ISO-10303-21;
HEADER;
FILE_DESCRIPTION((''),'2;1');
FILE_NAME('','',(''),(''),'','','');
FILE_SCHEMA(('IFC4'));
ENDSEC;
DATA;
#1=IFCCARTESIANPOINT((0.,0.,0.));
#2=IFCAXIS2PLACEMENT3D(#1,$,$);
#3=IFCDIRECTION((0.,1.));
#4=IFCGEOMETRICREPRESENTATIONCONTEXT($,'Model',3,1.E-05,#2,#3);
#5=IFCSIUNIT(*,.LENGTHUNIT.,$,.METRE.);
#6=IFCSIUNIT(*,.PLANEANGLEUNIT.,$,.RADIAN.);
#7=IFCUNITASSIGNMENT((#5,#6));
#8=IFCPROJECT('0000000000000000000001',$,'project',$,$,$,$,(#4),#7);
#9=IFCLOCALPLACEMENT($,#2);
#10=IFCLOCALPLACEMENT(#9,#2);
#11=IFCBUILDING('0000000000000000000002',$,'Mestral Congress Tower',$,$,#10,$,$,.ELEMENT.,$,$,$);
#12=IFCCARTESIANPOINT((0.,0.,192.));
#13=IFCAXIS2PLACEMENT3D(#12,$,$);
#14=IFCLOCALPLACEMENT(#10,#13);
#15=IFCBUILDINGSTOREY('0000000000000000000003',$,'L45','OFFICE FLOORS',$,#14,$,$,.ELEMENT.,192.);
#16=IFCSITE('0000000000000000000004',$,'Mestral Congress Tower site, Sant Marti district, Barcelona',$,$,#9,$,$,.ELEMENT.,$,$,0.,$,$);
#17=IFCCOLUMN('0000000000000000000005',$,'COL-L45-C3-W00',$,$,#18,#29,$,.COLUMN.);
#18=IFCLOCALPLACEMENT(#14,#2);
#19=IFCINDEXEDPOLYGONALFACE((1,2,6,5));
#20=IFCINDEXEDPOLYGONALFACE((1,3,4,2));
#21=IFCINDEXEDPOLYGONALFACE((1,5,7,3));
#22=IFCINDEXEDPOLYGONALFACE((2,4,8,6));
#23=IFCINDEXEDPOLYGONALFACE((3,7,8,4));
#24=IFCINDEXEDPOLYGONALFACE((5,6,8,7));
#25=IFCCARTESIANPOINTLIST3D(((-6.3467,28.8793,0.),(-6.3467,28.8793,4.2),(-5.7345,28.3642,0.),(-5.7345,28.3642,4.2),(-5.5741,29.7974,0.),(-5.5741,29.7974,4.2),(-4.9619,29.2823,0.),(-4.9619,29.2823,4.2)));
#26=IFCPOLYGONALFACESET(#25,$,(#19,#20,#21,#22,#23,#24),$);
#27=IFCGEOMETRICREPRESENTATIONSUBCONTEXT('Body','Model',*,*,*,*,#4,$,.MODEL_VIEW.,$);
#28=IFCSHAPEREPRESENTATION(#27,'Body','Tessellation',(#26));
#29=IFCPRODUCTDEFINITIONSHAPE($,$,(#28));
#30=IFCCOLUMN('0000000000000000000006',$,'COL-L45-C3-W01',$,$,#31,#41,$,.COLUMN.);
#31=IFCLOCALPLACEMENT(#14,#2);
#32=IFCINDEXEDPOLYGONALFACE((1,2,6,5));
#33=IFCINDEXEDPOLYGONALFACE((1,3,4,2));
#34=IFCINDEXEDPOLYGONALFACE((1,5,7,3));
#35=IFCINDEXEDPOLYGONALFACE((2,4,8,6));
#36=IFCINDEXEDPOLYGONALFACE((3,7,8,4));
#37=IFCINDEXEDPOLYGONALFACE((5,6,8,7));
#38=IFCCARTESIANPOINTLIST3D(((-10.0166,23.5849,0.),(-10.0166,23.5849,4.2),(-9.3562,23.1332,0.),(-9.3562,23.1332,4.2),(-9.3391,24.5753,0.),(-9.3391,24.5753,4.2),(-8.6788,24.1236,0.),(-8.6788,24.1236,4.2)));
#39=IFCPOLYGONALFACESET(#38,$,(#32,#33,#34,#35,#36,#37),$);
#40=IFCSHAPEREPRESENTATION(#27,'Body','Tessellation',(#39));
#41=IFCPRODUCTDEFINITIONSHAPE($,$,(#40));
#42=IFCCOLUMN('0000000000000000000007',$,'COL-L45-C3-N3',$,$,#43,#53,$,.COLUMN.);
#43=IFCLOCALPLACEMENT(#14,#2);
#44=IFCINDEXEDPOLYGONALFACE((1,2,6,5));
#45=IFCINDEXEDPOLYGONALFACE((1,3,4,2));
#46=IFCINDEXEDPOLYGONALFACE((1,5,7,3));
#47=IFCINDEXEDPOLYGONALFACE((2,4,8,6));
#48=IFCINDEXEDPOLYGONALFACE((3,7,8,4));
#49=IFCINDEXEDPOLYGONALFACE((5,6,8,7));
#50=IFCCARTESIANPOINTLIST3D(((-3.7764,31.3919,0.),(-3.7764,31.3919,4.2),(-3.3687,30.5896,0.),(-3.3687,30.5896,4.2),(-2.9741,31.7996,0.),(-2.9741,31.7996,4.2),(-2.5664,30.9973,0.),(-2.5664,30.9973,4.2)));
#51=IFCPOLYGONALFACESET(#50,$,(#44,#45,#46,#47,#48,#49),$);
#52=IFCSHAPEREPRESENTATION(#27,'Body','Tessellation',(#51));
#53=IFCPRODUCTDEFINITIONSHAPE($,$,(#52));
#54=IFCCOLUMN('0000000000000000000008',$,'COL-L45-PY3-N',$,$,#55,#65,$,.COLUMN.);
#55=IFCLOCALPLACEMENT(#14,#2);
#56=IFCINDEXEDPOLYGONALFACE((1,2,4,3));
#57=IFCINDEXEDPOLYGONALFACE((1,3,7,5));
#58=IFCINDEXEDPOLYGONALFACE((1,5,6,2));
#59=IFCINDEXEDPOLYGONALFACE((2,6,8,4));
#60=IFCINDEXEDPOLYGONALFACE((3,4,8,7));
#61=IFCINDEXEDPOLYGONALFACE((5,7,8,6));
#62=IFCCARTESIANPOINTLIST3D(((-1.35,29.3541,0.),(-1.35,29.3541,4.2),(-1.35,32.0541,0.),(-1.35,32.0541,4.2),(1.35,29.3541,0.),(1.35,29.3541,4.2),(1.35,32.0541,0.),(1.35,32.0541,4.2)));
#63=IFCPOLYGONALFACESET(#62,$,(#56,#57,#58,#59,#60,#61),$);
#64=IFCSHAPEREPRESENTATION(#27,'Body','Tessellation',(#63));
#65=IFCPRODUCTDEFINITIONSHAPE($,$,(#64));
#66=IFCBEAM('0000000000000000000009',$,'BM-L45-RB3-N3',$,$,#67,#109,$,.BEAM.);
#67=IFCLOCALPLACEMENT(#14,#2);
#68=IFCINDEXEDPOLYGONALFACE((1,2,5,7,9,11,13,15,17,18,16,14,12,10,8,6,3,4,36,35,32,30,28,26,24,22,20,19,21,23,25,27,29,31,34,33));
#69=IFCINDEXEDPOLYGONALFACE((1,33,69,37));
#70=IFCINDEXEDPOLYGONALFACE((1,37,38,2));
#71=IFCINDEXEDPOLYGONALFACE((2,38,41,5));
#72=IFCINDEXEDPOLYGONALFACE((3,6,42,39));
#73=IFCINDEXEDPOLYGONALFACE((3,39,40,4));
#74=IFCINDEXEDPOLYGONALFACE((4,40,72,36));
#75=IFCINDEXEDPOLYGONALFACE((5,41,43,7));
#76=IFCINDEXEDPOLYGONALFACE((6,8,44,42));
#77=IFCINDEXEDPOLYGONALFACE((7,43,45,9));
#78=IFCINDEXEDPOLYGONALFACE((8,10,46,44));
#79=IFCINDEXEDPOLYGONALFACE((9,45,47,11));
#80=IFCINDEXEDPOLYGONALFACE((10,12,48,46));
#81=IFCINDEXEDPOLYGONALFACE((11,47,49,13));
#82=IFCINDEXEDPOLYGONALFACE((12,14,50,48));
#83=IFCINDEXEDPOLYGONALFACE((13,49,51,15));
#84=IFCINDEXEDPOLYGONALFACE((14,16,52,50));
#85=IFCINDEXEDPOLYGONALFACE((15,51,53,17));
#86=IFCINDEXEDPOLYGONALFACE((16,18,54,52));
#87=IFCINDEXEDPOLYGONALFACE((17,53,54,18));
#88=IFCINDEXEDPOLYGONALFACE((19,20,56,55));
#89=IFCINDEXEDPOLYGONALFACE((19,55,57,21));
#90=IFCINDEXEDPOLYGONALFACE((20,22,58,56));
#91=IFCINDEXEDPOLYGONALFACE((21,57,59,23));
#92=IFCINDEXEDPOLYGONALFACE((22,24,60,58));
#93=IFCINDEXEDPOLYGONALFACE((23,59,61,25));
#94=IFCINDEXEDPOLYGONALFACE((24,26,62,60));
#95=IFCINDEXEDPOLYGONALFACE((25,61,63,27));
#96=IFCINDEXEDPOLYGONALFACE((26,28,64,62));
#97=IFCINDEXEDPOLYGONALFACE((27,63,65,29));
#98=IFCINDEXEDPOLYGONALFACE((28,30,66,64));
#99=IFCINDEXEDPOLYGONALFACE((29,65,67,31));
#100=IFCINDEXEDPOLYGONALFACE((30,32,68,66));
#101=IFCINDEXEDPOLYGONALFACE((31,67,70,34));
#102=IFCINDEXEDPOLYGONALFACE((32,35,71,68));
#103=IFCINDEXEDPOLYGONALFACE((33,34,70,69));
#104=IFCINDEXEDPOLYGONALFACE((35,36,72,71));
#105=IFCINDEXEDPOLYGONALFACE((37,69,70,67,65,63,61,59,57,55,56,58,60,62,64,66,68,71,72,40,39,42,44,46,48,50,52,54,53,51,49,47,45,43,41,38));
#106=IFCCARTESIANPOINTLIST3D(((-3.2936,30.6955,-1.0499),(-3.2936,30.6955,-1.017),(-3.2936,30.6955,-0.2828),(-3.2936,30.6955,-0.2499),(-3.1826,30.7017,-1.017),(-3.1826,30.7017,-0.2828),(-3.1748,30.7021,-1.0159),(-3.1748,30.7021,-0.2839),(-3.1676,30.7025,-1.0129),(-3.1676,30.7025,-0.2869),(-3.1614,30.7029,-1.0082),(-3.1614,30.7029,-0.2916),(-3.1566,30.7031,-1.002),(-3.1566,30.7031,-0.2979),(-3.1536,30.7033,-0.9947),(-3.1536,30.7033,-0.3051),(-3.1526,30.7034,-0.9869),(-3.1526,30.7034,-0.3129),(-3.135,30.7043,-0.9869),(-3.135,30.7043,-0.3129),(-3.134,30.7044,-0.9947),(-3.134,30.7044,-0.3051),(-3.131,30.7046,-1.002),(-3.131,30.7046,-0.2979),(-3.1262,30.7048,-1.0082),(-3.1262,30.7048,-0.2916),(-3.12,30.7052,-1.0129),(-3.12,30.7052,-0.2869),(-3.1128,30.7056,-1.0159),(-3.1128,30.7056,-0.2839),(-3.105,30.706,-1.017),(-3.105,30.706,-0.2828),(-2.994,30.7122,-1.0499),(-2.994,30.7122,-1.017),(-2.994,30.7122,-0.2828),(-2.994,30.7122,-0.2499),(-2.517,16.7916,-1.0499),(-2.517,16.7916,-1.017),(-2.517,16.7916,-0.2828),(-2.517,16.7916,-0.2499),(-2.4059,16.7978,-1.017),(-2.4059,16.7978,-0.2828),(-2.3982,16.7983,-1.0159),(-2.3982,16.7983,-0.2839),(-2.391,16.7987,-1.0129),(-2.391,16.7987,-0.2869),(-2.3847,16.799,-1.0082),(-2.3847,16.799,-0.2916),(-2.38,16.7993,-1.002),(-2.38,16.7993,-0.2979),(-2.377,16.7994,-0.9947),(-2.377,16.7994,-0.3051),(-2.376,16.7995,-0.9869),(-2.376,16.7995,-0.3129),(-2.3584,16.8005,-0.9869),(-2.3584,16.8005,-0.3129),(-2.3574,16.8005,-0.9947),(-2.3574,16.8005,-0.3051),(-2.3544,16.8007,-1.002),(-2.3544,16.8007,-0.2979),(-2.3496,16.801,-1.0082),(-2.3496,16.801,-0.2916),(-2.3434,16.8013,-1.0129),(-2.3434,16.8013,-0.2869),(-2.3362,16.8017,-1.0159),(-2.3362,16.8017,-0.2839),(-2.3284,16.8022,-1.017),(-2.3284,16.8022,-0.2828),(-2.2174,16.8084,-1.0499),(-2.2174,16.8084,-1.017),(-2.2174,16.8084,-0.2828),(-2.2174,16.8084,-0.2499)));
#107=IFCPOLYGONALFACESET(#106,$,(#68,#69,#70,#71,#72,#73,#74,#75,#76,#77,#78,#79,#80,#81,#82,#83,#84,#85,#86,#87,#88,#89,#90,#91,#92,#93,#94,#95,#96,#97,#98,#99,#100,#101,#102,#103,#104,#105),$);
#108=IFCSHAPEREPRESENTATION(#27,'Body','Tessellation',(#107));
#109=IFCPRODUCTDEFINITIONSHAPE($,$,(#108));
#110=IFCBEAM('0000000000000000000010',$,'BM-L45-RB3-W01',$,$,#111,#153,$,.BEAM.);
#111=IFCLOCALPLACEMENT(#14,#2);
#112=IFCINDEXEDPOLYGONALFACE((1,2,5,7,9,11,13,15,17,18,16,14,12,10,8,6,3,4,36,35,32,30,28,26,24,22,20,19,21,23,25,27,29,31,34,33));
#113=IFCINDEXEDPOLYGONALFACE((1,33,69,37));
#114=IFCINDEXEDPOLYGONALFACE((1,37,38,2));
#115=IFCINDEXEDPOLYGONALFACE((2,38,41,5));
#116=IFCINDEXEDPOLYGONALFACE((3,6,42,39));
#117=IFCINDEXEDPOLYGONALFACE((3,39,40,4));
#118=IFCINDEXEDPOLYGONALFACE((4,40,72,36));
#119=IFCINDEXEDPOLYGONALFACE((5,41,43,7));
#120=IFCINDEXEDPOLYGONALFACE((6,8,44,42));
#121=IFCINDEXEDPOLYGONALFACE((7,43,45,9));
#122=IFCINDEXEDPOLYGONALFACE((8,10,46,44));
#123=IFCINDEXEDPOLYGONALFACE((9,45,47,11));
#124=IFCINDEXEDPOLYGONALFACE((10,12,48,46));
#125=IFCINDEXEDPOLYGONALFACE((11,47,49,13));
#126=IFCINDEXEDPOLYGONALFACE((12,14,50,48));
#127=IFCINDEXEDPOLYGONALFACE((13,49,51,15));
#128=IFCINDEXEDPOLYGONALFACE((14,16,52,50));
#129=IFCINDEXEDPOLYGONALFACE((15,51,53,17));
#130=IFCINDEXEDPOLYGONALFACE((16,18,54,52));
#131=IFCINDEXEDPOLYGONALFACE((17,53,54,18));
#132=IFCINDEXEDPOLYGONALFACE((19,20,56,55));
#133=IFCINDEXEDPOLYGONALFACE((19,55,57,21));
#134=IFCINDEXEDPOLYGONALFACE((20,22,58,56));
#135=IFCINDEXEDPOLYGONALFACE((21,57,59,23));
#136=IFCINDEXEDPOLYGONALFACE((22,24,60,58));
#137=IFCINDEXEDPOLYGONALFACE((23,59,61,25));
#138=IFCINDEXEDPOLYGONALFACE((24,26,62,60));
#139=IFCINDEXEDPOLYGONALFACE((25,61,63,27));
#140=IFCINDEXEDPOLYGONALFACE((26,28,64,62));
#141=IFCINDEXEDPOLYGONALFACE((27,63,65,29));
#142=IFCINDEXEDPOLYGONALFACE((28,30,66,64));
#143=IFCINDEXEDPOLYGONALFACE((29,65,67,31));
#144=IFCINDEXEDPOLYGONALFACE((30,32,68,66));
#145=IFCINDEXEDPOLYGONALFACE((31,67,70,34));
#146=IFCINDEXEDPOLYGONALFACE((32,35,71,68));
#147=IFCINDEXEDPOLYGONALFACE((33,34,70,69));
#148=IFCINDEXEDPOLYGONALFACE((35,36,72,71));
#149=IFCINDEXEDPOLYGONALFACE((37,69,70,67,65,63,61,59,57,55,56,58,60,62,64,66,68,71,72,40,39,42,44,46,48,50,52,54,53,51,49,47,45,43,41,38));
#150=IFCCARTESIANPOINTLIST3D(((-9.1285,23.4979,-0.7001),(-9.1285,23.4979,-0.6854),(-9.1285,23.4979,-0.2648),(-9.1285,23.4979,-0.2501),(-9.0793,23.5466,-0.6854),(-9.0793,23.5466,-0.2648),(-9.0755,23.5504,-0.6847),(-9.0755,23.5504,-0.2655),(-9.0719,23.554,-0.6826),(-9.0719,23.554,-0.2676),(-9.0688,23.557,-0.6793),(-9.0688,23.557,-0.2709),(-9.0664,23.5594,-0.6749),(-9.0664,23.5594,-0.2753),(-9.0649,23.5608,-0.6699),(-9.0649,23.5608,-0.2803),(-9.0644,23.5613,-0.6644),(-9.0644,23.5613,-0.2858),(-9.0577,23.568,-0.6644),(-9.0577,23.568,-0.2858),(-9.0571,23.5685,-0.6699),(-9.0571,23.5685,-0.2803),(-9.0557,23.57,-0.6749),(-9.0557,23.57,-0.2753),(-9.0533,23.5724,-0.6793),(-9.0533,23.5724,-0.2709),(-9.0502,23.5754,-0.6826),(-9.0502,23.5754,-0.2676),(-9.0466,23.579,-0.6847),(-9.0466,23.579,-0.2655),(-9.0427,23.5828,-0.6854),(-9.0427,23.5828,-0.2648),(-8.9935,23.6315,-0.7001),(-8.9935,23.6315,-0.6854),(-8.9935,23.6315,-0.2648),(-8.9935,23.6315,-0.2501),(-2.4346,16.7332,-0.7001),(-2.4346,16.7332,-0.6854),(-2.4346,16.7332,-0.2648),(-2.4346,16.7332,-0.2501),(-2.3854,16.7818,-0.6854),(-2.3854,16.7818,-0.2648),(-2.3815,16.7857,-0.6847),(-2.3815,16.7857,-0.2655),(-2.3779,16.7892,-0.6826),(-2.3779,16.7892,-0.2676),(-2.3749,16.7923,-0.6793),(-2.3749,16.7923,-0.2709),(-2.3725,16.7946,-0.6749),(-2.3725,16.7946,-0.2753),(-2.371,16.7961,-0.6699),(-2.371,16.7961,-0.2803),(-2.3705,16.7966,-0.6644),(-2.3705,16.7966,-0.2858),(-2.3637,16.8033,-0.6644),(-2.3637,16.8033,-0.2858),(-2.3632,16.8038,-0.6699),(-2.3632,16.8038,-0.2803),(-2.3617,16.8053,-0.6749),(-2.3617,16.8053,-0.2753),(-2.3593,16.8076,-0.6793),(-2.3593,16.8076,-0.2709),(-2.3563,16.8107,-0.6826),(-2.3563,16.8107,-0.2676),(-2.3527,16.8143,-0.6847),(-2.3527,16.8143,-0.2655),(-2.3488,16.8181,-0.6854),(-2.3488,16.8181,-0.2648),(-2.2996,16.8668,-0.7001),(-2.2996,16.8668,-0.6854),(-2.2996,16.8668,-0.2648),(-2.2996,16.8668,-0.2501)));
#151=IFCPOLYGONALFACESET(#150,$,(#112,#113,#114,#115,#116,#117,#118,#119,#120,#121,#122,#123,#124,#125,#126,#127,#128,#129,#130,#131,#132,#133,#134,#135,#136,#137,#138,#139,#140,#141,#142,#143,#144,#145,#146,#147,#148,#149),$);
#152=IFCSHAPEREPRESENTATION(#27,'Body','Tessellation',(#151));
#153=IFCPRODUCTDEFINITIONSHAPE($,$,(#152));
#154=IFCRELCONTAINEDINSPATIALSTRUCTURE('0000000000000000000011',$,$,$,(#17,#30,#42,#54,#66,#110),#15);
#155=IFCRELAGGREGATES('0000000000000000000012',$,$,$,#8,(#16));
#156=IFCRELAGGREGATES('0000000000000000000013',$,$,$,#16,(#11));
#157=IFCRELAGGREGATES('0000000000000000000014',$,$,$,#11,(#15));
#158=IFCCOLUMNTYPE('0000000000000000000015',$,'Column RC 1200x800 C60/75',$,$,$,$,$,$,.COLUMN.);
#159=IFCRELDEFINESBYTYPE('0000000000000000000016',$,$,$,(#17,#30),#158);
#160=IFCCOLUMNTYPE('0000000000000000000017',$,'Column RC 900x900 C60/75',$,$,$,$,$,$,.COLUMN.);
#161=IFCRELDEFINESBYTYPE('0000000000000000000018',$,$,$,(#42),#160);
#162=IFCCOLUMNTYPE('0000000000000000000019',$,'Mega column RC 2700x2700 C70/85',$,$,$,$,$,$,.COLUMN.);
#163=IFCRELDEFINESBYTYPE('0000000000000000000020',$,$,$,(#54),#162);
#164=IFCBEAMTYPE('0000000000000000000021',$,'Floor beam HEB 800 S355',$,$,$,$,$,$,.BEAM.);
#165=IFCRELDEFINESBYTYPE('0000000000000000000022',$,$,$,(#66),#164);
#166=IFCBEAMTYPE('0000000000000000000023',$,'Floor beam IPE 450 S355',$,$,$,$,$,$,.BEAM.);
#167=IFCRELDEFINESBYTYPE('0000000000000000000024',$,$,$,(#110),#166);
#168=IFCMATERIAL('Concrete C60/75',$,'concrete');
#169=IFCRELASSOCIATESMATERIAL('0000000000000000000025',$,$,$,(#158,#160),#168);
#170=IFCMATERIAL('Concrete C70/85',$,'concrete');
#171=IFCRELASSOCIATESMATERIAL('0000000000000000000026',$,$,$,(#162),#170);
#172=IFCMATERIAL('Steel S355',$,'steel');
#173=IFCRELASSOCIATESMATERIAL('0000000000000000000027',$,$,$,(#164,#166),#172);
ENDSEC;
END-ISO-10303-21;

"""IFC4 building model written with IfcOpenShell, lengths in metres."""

from ifc_helpers import new_model, si_unit, direction, frame, origin, origin_2d, place, context, subcontext, project, spatial, rectangle, i_section, extrude, material, material_profile, profile_set, type_object, element, save


model = new_model("IFC4")

# Units and contexts
model_context = context("Model", 3, precision=1e-05, world=origin(), true_north=direction((0.0, 1.0)))
body_context = subcontext(model_context, "Body", "Model", "MODEL_VIEW")
ifc_project = project(units=[si_unit("LENGTHUNIT", "METRE"), si_unit("PLANEANGLEUNIT", "RADIAN")], contexts=[model_context])

# Site, building, storey
site_placement = place(None, origin())
site = spatial("IfcSite", under=ifc_project, at=site_placement, Name="Mestral Congress Tower site, Sant Marti district, Barcelona", CompositionType="ELEMENT", RefElevation=0.0)
building_placement = place(site_placement, origin())
building = spatial("IfcBuilding", under=site, at=building_placement, Name="Mestral Congress Tower", CompositionType="ELEMENT")
storey_placement = place(building_placement, frame((0.0, 0.0, 192.0)))
storey = spatial("IfcBuildingStorey", under=building, at=storey_placement, Name="L45", Description="OFFICE FLOORS", CompositionType="ELEMENT", Elevation=192.0)

# Columns
ifc_material_1 = material(Name="Concrete C60/75", Category="concrete")
ifc_material_profile_1 = material_profile(ifc_material_1, rectangle(XDim=1.2, YDim=0.8, at=origin_2d()), Name="RC 1200x800")
ifc_profile_set_1 = profile_set([ifc_material_profile_1], Name="Concrete C60/75")
column_type_1 = type_object("IfcColumnType", Name="Column RC 1200x800 C60/75", PredefinedType="COLUMN", material=ifc_profile_set_1)
for number, where, z_axis, x_axis, name in (
    (1, (-5.6543, 29.0808, 0.0), (0.0, 0.0, 1.0), (-0.643827, -0.765171, 0.0), "COL-L45-C3-W00"),
    (2, (-9.3477, 23.8542, 0.0), (0.0, 0.0, 1.0), (-0.564568, -0.825387, 0.0), "COL-L45-C3-W01"),
):
    element("IfcColumn", number, at=place(storey_placement, frame(where, z_axis=z_axis, x_axis=x_axis)), inside=storey, type_object=column_type_1, Name=name, PredefinedType="COLUMN", context=body_context, shape_type="SweptSolid", body=[
        extrude(rectangle(XDim=1.2, YDim=0.8, at=origin_2d()), origin(), (0.0, 0.0, 1.0), 4.2),
    ])
ifc_material_profile_2 = material_profile(ifc_material_1, rectangle(XDim=0.8999, YDim=0.8999, at=origin_2d()), Name="RC 900x900")
ifc_profile_set_2 = profile_set([ifc_material_profile_2], Name="Concrete C60/75")
column_type_2 = type_object("IfcColumnType", Name="Column RC 900x900 C60/75", PredefinedType="COLUMN", material=ifc_profile_set_2)
column_1_placement = place(storey_placement, frame((-3.1714, 31.1946, 0.0), z_axis=(0.0, 0.0, 1.0), x_axis=(-0.891486, -0.453048, 0.0)))
element("IfcColumn", 3, at=column_1_placement, inside=storey, type_object=column_type_2, Name="COL-L45-C3-N3", PredefinedType="COLUMN", context=body_context, shape_type="SweptSolid", body=[
    extrude(rectangle(XDim=0.8999, YDim=0.8999, at=origin_2d()), origin(), (0.0, 0.0, 1.0), 4.2),
])
ifc_material_2 = material(Name="Concrete C70/85", Category="concrete")
ifc_material_profile_3 = material_profile(ifc_material_2, rectangle(XDim=2.7, YDim=2.7, at=origin_2d()), Name="RC 2700x2700")
ifc_profile_set_3 = profile_set([ifc_material_profile_3], Name="Concrete C70/85")
column_type_3 = type_object("IfcColumnType", Name="Mega column RC 2700x2700 C70/85", PredefinedType="COLUMN", material=ifc_profile_set_3)
column_2_placement = place(storey_placement, frame((0.0, 30.7041, 0.0), z_axis=(0.0, 0.0, 1.0), x_axis=(0.0, 1.0, 0.0)))
element("IfcColumn", 4, at=column_2_placement, inside=storey, type_object=column_type_3, Name="COL-L45-PY3-N", PredefinedType="COLUMN", context=body_context, shape_type="SweptSolid", body=[
    extrude(rectangle(XDim=2.7, YDim=2.7, at=origin_2d()), origin(), (0.0, 0.0, 1.0), 4.2),
])

# Beams
ifc_material_3 = material(Name="Steel S355", Category="steel")
ifc_material_profile_4 = material_profile(ifc_material_3, i_section(OverallWidth=0.3, OverallDepth=0.8, WebThickness=0.0176, FlangeThickness=0.033, FilletRadius=0.03, at=origin_2d()), Name="HEB 800")
ifc_profile_set_4 = profile_set([ifc_material_profile_4], Name="Steel S355")
beam_type_1 = type_object("IfcBeamType", Name="Floor beam HEB 800 S355", PredefinedType="BEAM", material=ifc_profile_set_4)
beam_1_placement = place(storey_placement, frame((-3.1438, 30.7039, -0.6499), z_axis=(0.055769, -0.998444, 0.0), x_axis=(0.998444, 0.055769, 0.0)))
element("IfcBeam", 5, at=beam_1_placement, inside=storey, type_object=beam_type_1, Name="BM-L45-RB3-N3", PredefinedType="BEAM", context=body_context, shape_type="SweptSolid", body=[
    extrude(i_section(OverallWidth=0.3, OverallDepth=0.8, WebThickness=0.0176, FlangeThickness=0.033, FilletRadius=0.03, at=origin_2d()), origin(), (0.0, 0.0, 1.0), 13.9255),
])
ifc_material_profile_5 = material_profile(ifc_material_3, i_section(OverallWidth=0.1899, OverallDepth=0.45, WebThickness=0.0095, FlangeThickness=0.0146, FilletRadius=0.021, at=origin_2d()), Name="IPE 450")
ifc_profile_set_5 = profile_set([ifc_material_profile_5], Name="Steel S355")
beam_type_2 = type_object("IfcBeamType", Name="Floor beam IPE 450 S355", PredefinedType="BEAM", material=ifc_profile_set_5)
beam_2_placement = place(storey_placement, frame((-9.061, 23.5647, -0.4751), z_axis=(0.703377, -0.710817, 0.0), x_axis=(0.710817, 0.703377, 0.0)))
element("IfcBeam", 6, at=beam_2_placement, inside=storey, type_object=beam_type_2, Name="BM-L45-RB3-W01", PredefinedType="BEAM", context=body_context, shape_type="SweptSolid", body=[
    extrude(i_section(OverallWidth=0.1899, OverallDepth=0.45, WebThickness=0.0095, FlangeThickness=0.0146, FilletRadius=0.021, at=origin_2d()), origin(), (0.0, 0.0, 1.0), 9.5168),
])

save(model, "model.ifc")
